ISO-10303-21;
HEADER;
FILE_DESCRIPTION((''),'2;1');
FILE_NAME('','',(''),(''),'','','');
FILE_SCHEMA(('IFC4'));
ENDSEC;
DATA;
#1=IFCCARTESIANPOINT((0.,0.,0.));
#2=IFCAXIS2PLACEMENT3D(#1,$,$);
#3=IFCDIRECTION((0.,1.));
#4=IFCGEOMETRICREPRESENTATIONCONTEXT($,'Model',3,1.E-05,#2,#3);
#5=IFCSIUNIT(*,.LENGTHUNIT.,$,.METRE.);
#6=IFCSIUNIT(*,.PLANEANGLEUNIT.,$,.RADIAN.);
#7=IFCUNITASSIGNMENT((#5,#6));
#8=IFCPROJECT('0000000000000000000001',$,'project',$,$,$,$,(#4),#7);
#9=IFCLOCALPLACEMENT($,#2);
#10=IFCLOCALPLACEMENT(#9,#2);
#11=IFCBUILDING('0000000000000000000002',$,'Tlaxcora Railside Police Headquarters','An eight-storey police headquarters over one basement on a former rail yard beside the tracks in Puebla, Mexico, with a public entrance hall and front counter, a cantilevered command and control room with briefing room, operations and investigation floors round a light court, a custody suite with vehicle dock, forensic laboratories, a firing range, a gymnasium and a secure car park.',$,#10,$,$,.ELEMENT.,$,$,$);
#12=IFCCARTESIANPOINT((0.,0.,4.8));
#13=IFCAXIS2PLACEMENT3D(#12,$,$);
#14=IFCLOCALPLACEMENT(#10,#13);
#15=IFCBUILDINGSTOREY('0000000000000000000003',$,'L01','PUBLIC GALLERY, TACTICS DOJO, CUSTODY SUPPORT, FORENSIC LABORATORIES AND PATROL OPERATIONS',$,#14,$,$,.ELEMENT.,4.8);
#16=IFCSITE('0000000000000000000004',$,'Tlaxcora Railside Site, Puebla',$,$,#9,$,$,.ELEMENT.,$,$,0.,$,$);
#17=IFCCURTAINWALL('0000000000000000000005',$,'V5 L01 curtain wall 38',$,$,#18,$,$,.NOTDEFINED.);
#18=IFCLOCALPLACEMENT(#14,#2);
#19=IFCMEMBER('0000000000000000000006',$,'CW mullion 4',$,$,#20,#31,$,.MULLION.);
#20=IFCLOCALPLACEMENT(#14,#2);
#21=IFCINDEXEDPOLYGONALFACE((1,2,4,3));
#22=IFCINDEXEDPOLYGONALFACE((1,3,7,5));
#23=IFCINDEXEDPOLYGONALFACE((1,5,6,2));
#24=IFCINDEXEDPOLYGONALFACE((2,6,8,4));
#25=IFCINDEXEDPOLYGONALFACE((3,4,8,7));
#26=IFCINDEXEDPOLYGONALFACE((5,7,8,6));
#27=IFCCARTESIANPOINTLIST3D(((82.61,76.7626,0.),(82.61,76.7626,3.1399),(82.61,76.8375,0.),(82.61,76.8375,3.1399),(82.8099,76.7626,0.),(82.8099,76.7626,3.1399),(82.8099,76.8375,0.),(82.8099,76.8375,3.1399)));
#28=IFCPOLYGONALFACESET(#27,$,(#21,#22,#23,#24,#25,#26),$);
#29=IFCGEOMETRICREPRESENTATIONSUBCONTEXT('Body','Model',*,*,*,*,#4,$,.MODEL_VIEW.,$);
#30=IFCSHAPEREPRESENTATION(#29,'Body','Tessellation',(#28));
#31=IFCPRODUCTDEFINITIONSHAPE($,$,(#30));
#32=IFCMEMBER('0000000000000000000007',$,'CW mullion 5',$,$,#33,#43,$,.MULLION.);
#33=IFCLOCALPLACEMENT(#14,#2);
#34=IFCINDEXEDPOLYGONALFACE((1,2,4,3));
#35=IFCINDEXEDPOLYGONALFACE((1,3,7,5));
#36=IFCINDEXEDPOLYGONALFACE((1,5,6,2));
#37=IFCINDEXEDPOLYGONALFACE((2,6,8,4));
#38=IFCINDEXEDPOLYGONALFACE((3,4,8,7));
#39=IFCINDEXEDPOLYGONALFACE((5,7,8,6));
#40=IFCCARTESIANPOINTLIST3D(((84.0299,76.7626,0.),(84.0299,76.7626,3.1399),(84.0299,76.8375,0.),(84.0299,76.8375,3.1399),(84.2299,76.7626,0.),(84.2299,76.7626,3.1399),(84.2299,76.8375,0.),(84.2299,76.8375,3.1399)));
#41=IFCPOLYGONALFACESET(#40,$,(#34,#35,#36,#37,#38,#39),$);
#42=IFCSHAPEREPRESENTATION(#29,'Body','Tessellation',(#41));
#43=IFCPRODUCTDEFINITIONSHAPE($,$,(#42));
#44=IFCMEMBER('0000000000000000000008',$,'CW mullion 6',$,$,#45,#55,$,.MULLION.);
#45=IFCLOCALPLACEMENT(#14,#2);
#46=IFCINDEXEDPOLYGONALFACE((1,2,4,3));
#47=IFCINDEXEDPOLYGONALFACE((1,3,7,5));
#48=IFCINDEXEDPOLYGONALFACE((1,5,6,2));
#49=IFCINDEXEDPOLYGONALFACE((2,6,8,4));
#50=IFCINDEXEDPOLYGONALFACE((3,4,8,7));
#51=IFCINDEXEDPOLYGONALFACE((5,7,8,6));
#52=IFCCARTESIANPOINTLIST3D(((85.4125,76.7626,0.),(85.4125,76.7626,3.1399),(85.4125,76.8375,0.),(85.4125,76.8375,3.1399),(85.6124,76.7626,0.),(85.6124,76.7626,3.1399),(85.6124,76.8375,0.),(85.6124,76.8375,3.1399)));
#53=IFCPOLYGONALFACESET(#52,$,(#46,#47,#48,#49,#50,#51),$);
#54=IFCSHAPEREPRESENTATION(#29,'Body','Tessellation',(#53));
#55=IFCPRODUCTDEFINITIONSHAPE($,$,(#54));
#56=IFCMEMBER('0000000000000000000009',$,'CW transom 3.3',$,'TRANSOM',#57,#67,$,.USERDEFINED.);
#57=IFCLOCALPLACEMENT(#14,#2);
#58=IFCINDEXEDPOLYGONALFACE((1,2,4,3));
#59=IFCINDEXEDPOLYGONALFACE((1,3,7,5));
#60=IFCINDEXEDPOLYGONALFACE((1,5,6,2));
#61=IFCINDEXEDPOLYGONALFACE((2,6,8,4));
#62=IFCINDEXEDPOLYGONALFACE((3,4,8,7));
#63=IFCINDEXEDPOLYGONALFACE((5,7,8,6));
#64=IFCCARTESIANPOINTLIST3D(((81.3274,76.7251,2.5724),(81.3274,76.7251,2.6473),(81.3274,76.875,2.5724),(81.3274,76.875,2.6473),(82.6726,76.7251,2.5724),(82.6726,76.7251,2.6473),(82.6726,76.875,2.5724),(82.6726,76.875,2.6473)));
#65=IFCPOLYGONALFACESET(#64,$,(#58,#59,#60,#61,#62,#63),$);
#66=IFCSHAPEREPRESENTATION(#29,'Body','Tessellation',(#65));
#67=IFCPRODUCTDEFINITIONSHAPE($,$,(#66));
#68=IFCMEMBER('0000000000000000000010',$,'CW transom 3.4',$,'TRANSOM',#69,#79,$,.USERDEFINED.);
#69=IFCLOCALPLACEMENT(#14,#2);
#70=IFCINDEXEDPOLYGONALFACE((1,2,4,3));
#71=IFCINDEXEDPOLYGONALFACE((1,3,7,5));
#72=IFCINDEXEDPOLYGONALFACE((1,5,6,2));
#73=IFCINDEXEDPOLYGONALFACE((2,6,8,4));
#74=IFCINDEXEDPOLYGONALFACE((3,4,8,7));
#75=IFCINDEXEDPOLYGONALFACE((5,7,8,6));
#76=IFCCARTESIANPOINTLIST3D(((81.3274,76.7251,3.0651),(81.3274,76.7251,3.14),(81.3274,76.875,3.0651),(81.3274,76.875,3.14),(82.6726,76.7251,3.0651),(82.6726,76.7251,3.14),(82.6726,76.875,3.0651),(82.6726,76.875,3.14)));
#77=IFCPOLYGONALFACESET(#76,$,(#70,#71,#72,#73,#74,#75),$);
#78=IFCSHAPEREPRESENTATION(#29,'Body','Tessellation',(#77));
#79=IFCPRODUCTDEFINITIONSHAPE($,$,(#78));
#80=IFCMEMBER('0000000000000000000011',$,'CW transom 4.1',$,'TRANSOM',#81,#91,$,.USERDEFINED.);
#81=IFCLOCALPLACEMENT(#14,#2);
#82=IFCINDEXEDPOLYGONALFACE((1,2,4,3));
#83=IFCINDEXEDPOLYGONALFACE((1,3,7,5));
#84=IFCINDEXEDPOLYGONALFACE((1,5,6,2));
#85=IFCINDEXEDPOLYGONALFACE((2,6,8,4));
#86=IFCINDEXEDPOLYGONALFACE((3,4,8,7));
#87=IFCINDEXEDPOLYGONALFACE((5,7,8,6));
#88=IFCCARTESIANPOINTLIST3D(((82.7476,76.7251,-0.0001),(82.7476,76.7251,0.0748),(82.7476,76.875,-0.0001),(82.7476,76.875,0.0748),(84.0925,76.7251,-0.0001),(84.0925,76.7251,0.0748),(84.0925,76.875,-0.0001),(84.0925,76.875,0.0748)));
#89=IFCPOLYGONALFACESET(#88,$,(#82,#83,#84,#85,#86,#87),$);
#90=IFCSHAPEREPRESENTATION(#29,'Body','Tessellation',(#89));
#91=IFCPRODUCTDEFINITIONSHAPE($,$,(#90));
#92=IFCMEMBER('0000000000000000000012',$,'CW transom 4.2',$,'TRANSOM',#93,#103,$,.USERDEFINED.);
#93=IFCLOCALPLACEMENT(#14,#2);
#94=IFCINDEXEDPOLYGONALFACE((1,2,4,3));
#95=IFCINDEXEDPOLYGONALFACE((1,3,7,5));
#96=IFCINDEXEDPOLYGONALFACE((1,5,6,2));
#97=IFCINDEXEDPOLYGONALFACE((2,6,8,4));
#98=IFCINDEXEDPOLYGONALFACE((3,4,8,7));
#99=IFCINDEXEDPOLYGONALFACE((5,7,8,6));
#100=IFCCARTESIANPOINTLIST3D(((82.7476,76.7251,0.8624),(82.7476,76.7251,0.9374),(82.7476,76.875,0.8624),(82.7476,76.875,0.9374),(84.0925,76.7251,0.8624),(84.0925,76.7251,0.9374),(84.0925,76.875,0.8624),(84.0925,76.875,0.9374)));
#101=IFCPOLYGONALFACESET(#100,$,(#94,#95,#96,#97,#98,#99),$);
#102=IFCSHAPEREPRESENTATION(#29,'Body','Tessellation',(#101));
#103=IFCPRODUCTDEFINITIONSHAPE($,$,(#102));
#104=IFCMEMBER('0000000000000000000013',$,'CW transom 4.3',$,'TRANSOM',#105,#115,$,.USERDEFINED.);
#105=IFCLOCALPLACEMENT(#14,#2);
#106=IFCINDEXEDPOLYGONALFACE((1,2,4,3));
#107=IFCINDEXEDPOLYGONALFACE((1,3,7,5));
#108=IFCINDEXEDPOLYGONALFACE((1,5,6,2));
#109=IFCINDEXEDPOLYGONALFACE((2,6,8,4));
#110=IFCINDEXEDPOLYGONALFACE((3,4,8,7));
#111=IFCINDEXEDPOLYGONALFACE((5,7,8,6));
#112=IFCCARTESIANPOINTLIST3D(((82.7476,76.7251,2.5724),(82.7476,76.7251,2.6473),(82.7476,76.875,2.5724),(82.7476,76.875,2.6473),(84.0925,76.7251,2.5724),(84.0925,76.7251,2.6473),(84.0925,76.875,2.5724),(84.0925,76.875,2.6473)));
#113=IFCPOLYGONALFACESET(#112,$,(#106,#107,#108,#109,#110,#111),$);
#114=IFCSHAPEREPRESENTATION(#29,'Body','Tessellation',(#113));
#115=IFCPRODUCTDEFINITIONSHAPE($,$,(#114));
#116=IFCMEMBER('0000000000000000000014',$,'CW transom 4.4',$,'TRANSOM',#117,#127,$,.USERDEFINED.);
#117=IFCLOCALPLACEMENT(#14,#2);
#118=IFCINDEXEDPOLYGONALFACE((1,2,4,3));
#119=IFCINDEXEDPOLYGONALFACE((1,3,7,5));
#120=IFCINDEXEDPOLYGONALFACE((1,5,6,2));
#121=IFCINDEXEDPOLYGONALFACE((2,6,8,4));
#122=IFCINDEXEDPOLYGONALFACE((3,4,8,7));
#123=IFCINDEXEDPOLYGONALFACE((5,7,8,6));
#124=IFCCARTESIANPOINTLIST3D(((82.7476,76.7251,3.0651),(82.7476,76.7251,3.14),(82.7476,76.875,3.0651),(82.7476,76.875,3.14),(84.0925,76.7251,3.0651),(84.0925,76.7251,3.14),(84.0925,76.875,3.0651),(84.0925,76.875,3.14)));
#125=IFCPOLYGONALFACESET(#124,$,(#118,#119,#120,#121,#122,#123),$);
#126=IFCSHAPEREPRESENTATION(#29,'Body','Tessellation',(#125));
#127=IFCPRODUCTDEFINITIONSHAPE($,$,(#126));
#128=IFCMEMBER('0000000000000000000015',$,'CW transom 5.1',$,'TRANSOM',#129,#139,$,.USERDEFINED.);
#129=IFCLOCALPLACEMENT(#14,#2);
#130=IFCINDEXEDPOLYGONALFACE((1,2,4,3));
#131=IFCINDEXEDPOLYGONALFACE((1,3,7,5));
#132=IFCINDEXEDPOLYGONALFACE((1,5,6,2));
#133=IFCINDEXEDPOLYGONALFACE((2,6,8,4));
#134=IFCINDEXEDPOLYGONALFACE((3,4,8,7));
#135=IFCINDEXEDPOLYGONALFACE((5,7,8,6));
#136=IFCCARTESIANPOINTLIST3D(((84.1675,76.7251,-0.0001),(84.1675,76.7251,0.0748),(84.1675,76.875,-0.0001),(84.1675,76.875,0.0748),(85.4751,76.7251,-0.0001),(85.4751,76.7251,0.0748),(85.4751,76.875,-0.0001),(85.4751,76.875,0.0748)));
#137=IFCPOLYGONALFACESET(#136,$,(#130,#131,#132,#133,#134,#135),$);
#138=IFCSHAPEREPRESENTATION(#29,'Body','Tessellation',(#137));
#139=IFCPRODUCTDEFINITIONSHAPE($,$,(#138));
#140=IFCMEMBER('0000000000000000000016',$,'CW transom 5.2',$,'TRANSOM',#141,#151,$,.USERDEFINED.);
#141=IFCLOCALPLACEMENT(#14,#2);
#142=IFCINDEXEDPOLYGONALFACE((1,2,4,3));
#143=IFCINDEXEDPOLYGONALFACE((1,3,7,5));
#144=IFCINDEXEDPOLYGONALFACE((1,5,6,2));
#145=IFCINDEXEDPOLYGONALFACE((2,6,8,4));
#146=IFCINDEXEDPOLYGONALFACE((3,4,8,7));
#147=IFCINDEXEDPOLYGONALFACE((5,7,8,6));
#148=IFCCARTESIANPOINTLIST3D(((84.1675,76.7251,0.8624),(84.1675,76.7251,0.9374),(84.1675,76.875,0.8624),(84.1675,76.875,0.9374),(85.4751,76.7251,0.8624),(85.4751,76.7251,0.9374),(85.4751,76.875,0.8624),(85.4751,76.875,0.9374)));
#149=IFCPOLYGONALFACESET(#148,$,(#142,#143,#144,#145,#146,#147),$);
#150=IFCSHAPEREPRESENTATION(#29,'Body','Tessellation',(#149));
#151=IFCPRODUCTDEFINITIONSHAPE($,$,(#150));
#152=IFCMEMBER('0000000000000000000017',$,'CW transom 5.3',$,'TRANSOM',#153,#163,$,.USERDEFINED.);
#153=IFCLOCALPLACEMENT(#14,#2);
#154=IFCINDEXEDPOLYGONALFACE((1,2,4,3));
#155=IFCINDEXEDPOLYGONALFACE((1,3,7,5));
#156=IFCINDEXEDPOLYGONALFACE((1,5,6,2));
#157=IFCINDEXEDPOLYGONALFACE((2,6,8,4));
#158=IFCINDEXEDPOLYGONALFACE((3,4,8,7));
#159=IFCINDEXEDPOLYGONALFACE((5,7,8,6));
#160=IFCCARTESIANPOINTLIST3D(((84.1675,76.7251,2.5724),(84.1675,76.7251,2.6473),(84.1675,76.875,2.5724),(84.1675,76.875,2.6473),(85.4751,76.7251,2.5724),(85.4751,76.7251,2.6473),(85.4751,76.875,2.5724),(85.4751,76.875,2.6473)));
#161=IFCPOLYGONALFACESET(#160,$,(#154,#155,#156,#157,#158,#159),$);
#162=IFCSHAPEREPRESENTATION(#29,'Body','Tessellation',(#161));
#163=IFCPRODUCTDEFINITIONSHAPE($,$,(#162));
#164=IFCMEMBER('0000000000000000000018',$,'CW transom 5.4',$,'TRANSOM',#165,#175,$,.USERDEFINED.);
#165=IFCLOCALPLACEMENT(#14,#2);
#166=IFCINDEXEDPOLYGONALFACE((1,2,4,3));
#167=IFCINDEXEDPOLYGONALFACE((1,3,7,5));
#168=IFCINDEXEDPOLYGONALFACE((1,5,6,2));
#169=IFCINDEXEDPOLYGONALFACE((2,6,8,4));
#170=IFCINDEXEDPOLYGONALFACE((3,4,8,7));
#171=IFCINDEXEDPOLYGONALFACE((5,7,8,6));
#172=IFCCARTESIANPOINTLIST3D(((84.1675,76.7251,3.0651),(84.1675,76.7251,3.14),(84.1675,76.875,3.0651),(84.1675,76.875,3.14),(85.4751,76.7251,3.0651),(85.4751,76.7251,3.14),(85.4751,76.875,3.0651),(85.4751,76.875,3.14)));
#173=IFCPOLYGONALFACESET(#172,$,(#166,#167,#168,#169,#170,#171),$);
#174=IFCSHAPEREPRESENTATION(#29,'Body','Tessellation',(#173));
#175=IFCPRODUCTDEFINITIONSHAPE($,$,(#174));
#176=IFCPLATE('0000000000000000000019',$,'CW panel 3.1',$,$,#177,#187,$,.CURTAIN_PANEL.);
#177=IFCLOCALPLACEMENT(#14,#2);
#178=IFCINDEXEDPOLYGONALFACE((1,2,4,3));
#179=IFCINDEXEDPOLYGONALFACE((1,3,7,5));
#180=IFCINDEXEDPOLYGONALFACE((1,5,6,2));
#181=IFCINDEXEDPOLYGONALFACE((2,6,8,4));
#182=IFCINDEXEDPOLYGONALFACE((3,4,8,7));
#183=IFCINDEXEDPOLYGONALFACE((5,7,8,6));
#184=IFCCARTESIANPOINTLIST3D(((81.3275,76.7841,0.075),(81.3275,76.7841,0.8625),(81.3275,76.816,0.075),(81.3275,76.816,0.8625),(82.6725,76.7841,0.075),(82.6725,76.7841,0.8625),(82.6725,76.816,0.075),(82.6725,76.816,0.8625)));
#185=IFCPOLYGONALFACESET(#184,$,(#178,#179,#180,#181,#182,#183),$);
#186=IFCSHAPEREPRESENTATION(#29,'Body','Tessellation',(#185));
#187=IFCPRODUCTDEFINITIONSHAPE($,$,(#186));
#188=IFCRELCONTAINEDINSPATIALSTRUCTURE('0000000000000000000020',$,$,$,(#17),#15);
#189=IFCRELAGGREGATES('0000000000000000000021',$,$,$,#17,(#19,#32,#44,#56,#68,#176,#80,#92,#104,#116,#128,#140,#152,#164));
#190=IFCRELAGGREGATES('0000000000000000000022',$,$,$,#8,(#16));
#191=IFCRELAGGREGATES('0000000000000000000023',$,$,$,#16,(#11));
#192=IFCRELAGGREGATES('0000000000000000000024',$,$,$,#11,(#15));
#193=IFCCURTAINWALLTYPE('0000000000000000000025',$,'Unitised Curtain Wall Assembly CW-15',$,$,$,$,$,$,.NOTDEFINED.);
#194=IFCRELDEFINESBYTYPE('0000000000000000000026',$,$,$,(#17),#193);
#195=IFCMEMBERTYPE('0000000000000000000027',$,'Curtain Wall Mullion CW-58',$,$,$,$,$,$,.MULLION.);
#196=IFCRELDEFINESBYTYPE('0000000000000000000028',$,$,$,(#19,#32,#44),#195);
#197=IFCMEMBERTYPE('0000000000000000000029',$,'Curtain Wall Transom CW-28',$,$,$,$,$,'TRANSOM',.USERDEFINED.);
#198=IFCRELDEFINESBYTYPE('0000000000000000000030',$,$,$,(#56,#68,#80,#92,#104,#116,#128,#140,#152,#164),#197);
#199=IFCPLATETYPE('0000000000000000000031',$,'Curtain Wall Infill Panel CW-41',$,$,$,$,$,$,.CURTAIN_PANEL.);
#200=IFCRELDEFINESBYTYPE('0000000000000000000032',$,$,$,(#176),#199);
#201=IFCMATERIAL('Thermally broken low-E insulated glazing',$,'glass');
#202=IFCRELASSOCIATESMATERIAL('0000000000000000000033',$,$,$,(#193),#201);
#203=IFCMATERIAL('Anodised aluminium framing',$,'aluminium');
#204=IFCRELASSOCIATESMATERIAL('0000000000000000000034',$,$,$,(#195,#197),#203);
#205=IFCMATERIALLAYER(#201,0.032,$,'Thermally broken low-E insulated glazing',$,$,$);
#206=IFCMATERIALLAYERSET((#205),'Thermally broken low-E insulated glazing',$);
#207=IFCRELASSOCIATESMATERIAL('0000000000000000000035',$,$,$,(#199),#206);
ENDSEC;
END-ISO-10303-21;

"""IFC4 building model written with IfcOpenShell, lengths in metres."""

from ifc_helpers import new_model, si_unit, direction, frame, origin, origin_2d, place, context, subcontext, project, spatial, rectangle, extrude, material, layer, layer_set, material_profile, profile_set, type_object, element, aggregate, save


model = new_model("IFC4")

# Units and contexts
model_context = context("Model", 3, precision=1e-05, world=origin(), true_north=direction((0.0, 1.0)))
body_context = subcontext(model_context, "Body", "Model", "MODEL_VIEW")
ifc_project = project(units=[si_unit("LENGTHUNIT", "METRE"), si_unit("PLANEANGLEUNIT", "RADIAN")], contexts=[model_context])

# Site, building, storey
site_placement = place(None, origin())
site = spatial("IfcSite", under=ifc_project, at=site_placement, Name="Tlaxcora Railside Site, Puebla", CompositionType="ELEMENT", RefElevation=0.0)
building_placement = place(site_placement, origin())
building = spatial("IfcBuilding", under=site, at=building_placement, Name="Tlaxcora Railside Police Headquarters", Description="An eight-storey police headquarters over one basement on a former rail yard beside the tracks in Puebla, Mexico, with a public entrance hall and front counter, a cantilevered command and control room with briefing room, operations and investigation floors round a light court, a custody suite with vehicle dock, forensic laboratories, a firing range, a gymnasium and a secure car park.", CompositionType="ELEMENT")
storey_placement = place(building_placement, frame((0.0, 0.0, 4.8)))
storey = spatial("IfcBuildingStorey", under=building, at=storey_placement, Name="L01", Description="PUBLIC GALLERY, TACTICS DOJO, CUSTODY SUPPORT, FORENSIC LABORATORIES AND PATROL OPERATIONS", CompositionType="ELEMENT", Elevation=4.8)

# Curtain wall, members, plate
ifc_material_1 = material(Name="Thermally broken low-E insulated glazing", Category="glass")
curtain_wall_type = type_object("IfcCurtainWallType", Name="Unitised Curtain Wall Assembly CW-15", PredefinedType="NOTDEFINED", material=ifc_material_1)
curtain_wall_placement = place(storey_placement, origin())
curtain_wall = element("IfcCurtainWall", 1, at=curtain_wall_placement, inside=storey, type_object=curtain_wall_type, Name="V5 L01 curtain wall 38", PredefinedType="NOTDEFINED")
ifc_material_2 = material(Name="Anodised aluminium framing", Category="aluminium")
ifc_material_profile_1 = material_profile(ifc_material_2, rectangle(XDim=0.075, YDim=0.2, at=origin_2d()), Name="AL75X200")
ifc_profile_set_1 = profile_set([ifc_material_profile_1], Name="Anodised aluminium framing")
member_type_1 = type_object("IfcMemberType", Name="Curtain Wall Mullion CW-58", PredefinedType="MULLION", material=ifc_profile_set_1)
member_1_placement = place(storey_placement, frame((82.71, 76.8, 0.0), z_axis=(0.0, 0.0, 1.0), x_axis=(0.0, 1.0, 0.0)))
member_1 = element("IfcMember", 2, at=member_1_placement, type_object=member_type_1, Name="CW mullion 4", PredefinedType="MULLION", context=body_context, shape_type="SweptSolid", body=[
    extrude(rectangle(XDim=0.075, YDim=0.2, at=origin_2d()), origin(), (0.0, 0.0, 1.0), 3.1399),
])
member_2_placement = place(storey_placement, frame((84.1299, 76.8, 0.0), z_axis=(0.0, 0.0, 1.0), x_axis=(0.0, 1.0, 0.0)))
member_2 = element("IfcMember", 3, at=member_2_placement, type_object=member_type_1, Name="CW mullion 5", PredefinedType="MULLION", context=body_context, shape_type="SweptSolid", body=[
    extrude(rectangle(XDim=0.075, YDim=0.2, at=origin_2d()), origin(), (0.0, 0.0, 1.0), 3.1399),
])
member_3_placement = place(storey_placement, frame((85.5125, 76.8, 0.0), z_axis=(0.0, 0.0, 1.0), x_axis=(0.0, 1.0, 0.0)))
member_3 = element("IfcMember", 4, at=member_3_placement, type_object=member_type_1, Name="CW mullion 6", PredefinedType="MULLION", context=body_context, shape_type="SweptSolid", body=[
    extrude(rectangle(XDim=0.075, YDim=0.2, at=origin_2d()), origin(), (0.0, 0.0, 1.0), 3.1399),
])
ifc_material_profile_2 = material_profile(ifc_material_2, rectangle(XDim=0.1499, YDim=0.075, at=origin_2d()), Name="AL75X150")
ifc_profile_set_2 = profile_set([ifc_material_profile_2], Name="Anodised aluminium framing")
member_type_2 = type_object("IfcMemberType", Name="Curtain Wall Transom CW-28", ElementType="TRANSOM", PredefinedType="USERDEFINED", material=ifc_profile_set_2)
member_4_placement = place(storey_placement, frame((81.3274, 76.8, 2.6099), z_axis=(1.0, 0.0, 0.0), x_axis=(0.0, 1.0, 0.0)))
member_4 = element("IfcMember", 5, at=member_4_placement, type_object=member_type_2, Name="CW transom 3.3", ObjectType="TRANSOM", PredefinedType="USERDEFINED", context=body_context, shape_type="SweptSolid", body=[
    extrude(rectangle(XDim=0.1499, YDim=0.075, at=origin_2d()), origin(), (0.0, 0.0, 1.0), 1.3452),
])
member_5_placement = place(storey_placement, frame((81.3274, 76.8, 3.1025), z_axis=(1.0, 0.0, 0.0), x_axis=(0.0, 1.0, 0.0)))
member_5 = element("IfcMember", 6, at=member_5_placement, type_object=member_type_2, Name="CW transom 3.4", ObjectType="TRANSOM", PredefinedType="USERDEFINED", context=body_context, shape_type="SweptSolid", body=[
    extrude(rectangle(XDim=0.1499, YDim=0.075, at=origin_2d()), origin(), (0.0, 0.0, 1.0), 1.3452),
])
member_6_placement = place(storey_placement, frame((82.7476, 76.8, 0.0374), z_axis=(1.0, 0.0, 0.0), x_axis=(0.0, 1.0, 0.0)))
member_6 = element("IfcMember", 7, at=member_6_placement, type_object=member_type_2, Name="CW transom 4.1", ObjectType="TRANSOM", PredefinedType="USERDEFINED", context=body_context, shape_type="SweptSolid", body=[
    extrude(rectangle(XDim=0.1499, YDim=0.075, at=origin_2d()), origin(), (0.0, 0.0, 1.0), 1.345),
])
member_7_placement = place(storey_placement, frame((82.7476, 76.8, 0.8999), z_axis=(1.0, 0.0, 0.0), x_axis=(0.0, 1.0, 0.0)))
member_7 = element("IfcMember", 8, at=member_7_placement, type_object=member_type_2, Name="CW transom 4.2", ObjectType="TRANSOM", PredefinedType="USERDEFINED", context=body_context, shape_type="SweptSolid", body=[
    extrude(rectangle(XDim=0.1499, YDim=0.075, at=origin_2d()), origin(), (0.0, 0.0, 1.0), 1.345),
])
member_8_placement = place(storey_placement, frame((82.7476, 76.8, 2.6099), z_axis=(1.0, 0.0, 0.0), x_axis=(0.0, 1.0, 0.0)))
member_8 = element("IfcMember", 9, at=member_8_placement, type_object=member_type_2, Name="CW transom 4.3", ObjectType="TRANSOM", PredefinedType="USERDEFINED", context=body_context, shape_type="SweptSolid", body=[
    extrude(rectangle(XDim=0.1499, YDim=0.075, at=origin_2d()), origin(), (0.0, 0.0, 1.0), 1.345),
])
member_9_placement = place(storey_placement, frame((82.7476, 76.8, 3.1025), z_axis=(1.0, 0.0, 0.0), x_axis=(0.0, 1.0, 0.0)))
member_9 = element("IfcMember", 10, at=member_9_placement, type_object=member_type_2, Name="CW transom 4.4", ObjectType="TRANSOM", PredefinedType="USERDEFINED", context=body_context, shape_type="SweptSolid", body=[
    extrude(rectangle(XDim=0.1499, YDim=0.075, at=origin_2d()), origin(), (0.0, 0.0, 1.0), 1.345),
])
member_10_placement = place(storey_placement, frame((84.1675, 76.8, 0.0374), z_axis=(1.0, 0.0, 0.0), x_axis=(0.0, 1.0, 0.0)))
member_10 = element("IfcMember", 11, at=member_10_placement, type_object=member_type_2, Name="CW transom 5.1", ObjectType="TRANSOM", PredefinedType="USERDEFINED", context=body_context, shape_type="SweptSolid", body=[
    extrude(rectangle(XDim=0.1499, YDim=0.075, at=origin_2d()), origin(), (0.0, 0.0, 1.0), 1.3076),
])
member_11_placement = place(storey_placement, frame((84.1675, 76.8, 0.8999), z_axis=(1.0, 0.0, 0.0), x_axis=(0.0, 1.0, 0.0)))
member_11 = element("IfcMember", 12, at=member_11_placement, type_object=member_type_2, Name="CW transom 5.2", ObjectType="TRANSOM", PredefinedType="USERDEFINED", context=body_context, shape_type="SweptSolid", body=[
    extrude(rectangle(XDim=0.1499, YDim=0.075, at=origin_2d()), origin(), (0.0, 0.0, 1.0), 1.3076),
])
member_12_placement = place(storey_placement, frame((84.1675, 76.8, 2.6099), z_axis=(1.0, 0.0, 0.0), x_axis=(0.0, 1.0, 0.0)))
member_12 = element("IfcMember", 13, at=member_12_placement, type_object=member_type_2, Name="CW transom 5.3", ObjectType="TRANSOM", PredefinedType="USERDEFINED", context=body_context, shape_type="SweptSolid", body=[
    extrude(rectangle(XDim=0.1499, YDim=0.075, at=origin_2d()), origin(), (0.0, 0.0, 1.0), 1.3076),
])
member_13_placement = place(storey_placement, frame((84.1675, 76.8, 3.1025), z_axis=(1.0, 0.0, 0.0), x_axis=(0.0, 1.0, 0.0)))
member_13 = element("IfcMember", 14, at=member_13_placement, type_object=member_type_2, Name="CW transom 5.4", ObjectType="TRANSOM", PredefinedType="USERDEFINED", context=body_context, shape_type="SweptSolid", body=[
    extrude(rectangle(XDim=0.1499, YDim=0.075, at=origin_2d()), origin(), (0.0, 0.0, 1.0), 1.3076),
])
ifc_layer = layer(ifc_material_1, 0.032, Name="Thermally broken low-E insulated glazing")
ifc_layer_set = layer_set([ifc_layer], Name="Thermally broken low-E insulated glazing")
plate_type = type_object("IfcPlateType", Name="Curtain Wall Infill Panel CW-41", PredefinedType="CURTAIN_PANEL", material=ifc_layer_set)
plate_1_placement = place(storey_placement, frame((82.0, 76.8, 0.075), z_axis=(0.0, 0.0, 1.0), x_axis=(1.0, 0.0, 0.0)))
plate_1 = element("IfcPlate", 15, at=plate_1_placement, type_object=plate_type, Name="CW panel 3.1", PredefinedType="CURTAIN_PANEL", context=body_context, shape_type="SweptSolid", body=[
    extrude(rectangle(XDim=1.345, YDim=0.032, at=origin_2d()), origin(), (0.0, 0.0, 1.0), 0.7876),
])
aggregate(curtain_wall, [member_1, member_2, member_3, member_4, member_5, plate_1, member_6, member_7, member_8, member_9, member_10, member_11, member_12, member_13])

save(model, "model.ifc")
